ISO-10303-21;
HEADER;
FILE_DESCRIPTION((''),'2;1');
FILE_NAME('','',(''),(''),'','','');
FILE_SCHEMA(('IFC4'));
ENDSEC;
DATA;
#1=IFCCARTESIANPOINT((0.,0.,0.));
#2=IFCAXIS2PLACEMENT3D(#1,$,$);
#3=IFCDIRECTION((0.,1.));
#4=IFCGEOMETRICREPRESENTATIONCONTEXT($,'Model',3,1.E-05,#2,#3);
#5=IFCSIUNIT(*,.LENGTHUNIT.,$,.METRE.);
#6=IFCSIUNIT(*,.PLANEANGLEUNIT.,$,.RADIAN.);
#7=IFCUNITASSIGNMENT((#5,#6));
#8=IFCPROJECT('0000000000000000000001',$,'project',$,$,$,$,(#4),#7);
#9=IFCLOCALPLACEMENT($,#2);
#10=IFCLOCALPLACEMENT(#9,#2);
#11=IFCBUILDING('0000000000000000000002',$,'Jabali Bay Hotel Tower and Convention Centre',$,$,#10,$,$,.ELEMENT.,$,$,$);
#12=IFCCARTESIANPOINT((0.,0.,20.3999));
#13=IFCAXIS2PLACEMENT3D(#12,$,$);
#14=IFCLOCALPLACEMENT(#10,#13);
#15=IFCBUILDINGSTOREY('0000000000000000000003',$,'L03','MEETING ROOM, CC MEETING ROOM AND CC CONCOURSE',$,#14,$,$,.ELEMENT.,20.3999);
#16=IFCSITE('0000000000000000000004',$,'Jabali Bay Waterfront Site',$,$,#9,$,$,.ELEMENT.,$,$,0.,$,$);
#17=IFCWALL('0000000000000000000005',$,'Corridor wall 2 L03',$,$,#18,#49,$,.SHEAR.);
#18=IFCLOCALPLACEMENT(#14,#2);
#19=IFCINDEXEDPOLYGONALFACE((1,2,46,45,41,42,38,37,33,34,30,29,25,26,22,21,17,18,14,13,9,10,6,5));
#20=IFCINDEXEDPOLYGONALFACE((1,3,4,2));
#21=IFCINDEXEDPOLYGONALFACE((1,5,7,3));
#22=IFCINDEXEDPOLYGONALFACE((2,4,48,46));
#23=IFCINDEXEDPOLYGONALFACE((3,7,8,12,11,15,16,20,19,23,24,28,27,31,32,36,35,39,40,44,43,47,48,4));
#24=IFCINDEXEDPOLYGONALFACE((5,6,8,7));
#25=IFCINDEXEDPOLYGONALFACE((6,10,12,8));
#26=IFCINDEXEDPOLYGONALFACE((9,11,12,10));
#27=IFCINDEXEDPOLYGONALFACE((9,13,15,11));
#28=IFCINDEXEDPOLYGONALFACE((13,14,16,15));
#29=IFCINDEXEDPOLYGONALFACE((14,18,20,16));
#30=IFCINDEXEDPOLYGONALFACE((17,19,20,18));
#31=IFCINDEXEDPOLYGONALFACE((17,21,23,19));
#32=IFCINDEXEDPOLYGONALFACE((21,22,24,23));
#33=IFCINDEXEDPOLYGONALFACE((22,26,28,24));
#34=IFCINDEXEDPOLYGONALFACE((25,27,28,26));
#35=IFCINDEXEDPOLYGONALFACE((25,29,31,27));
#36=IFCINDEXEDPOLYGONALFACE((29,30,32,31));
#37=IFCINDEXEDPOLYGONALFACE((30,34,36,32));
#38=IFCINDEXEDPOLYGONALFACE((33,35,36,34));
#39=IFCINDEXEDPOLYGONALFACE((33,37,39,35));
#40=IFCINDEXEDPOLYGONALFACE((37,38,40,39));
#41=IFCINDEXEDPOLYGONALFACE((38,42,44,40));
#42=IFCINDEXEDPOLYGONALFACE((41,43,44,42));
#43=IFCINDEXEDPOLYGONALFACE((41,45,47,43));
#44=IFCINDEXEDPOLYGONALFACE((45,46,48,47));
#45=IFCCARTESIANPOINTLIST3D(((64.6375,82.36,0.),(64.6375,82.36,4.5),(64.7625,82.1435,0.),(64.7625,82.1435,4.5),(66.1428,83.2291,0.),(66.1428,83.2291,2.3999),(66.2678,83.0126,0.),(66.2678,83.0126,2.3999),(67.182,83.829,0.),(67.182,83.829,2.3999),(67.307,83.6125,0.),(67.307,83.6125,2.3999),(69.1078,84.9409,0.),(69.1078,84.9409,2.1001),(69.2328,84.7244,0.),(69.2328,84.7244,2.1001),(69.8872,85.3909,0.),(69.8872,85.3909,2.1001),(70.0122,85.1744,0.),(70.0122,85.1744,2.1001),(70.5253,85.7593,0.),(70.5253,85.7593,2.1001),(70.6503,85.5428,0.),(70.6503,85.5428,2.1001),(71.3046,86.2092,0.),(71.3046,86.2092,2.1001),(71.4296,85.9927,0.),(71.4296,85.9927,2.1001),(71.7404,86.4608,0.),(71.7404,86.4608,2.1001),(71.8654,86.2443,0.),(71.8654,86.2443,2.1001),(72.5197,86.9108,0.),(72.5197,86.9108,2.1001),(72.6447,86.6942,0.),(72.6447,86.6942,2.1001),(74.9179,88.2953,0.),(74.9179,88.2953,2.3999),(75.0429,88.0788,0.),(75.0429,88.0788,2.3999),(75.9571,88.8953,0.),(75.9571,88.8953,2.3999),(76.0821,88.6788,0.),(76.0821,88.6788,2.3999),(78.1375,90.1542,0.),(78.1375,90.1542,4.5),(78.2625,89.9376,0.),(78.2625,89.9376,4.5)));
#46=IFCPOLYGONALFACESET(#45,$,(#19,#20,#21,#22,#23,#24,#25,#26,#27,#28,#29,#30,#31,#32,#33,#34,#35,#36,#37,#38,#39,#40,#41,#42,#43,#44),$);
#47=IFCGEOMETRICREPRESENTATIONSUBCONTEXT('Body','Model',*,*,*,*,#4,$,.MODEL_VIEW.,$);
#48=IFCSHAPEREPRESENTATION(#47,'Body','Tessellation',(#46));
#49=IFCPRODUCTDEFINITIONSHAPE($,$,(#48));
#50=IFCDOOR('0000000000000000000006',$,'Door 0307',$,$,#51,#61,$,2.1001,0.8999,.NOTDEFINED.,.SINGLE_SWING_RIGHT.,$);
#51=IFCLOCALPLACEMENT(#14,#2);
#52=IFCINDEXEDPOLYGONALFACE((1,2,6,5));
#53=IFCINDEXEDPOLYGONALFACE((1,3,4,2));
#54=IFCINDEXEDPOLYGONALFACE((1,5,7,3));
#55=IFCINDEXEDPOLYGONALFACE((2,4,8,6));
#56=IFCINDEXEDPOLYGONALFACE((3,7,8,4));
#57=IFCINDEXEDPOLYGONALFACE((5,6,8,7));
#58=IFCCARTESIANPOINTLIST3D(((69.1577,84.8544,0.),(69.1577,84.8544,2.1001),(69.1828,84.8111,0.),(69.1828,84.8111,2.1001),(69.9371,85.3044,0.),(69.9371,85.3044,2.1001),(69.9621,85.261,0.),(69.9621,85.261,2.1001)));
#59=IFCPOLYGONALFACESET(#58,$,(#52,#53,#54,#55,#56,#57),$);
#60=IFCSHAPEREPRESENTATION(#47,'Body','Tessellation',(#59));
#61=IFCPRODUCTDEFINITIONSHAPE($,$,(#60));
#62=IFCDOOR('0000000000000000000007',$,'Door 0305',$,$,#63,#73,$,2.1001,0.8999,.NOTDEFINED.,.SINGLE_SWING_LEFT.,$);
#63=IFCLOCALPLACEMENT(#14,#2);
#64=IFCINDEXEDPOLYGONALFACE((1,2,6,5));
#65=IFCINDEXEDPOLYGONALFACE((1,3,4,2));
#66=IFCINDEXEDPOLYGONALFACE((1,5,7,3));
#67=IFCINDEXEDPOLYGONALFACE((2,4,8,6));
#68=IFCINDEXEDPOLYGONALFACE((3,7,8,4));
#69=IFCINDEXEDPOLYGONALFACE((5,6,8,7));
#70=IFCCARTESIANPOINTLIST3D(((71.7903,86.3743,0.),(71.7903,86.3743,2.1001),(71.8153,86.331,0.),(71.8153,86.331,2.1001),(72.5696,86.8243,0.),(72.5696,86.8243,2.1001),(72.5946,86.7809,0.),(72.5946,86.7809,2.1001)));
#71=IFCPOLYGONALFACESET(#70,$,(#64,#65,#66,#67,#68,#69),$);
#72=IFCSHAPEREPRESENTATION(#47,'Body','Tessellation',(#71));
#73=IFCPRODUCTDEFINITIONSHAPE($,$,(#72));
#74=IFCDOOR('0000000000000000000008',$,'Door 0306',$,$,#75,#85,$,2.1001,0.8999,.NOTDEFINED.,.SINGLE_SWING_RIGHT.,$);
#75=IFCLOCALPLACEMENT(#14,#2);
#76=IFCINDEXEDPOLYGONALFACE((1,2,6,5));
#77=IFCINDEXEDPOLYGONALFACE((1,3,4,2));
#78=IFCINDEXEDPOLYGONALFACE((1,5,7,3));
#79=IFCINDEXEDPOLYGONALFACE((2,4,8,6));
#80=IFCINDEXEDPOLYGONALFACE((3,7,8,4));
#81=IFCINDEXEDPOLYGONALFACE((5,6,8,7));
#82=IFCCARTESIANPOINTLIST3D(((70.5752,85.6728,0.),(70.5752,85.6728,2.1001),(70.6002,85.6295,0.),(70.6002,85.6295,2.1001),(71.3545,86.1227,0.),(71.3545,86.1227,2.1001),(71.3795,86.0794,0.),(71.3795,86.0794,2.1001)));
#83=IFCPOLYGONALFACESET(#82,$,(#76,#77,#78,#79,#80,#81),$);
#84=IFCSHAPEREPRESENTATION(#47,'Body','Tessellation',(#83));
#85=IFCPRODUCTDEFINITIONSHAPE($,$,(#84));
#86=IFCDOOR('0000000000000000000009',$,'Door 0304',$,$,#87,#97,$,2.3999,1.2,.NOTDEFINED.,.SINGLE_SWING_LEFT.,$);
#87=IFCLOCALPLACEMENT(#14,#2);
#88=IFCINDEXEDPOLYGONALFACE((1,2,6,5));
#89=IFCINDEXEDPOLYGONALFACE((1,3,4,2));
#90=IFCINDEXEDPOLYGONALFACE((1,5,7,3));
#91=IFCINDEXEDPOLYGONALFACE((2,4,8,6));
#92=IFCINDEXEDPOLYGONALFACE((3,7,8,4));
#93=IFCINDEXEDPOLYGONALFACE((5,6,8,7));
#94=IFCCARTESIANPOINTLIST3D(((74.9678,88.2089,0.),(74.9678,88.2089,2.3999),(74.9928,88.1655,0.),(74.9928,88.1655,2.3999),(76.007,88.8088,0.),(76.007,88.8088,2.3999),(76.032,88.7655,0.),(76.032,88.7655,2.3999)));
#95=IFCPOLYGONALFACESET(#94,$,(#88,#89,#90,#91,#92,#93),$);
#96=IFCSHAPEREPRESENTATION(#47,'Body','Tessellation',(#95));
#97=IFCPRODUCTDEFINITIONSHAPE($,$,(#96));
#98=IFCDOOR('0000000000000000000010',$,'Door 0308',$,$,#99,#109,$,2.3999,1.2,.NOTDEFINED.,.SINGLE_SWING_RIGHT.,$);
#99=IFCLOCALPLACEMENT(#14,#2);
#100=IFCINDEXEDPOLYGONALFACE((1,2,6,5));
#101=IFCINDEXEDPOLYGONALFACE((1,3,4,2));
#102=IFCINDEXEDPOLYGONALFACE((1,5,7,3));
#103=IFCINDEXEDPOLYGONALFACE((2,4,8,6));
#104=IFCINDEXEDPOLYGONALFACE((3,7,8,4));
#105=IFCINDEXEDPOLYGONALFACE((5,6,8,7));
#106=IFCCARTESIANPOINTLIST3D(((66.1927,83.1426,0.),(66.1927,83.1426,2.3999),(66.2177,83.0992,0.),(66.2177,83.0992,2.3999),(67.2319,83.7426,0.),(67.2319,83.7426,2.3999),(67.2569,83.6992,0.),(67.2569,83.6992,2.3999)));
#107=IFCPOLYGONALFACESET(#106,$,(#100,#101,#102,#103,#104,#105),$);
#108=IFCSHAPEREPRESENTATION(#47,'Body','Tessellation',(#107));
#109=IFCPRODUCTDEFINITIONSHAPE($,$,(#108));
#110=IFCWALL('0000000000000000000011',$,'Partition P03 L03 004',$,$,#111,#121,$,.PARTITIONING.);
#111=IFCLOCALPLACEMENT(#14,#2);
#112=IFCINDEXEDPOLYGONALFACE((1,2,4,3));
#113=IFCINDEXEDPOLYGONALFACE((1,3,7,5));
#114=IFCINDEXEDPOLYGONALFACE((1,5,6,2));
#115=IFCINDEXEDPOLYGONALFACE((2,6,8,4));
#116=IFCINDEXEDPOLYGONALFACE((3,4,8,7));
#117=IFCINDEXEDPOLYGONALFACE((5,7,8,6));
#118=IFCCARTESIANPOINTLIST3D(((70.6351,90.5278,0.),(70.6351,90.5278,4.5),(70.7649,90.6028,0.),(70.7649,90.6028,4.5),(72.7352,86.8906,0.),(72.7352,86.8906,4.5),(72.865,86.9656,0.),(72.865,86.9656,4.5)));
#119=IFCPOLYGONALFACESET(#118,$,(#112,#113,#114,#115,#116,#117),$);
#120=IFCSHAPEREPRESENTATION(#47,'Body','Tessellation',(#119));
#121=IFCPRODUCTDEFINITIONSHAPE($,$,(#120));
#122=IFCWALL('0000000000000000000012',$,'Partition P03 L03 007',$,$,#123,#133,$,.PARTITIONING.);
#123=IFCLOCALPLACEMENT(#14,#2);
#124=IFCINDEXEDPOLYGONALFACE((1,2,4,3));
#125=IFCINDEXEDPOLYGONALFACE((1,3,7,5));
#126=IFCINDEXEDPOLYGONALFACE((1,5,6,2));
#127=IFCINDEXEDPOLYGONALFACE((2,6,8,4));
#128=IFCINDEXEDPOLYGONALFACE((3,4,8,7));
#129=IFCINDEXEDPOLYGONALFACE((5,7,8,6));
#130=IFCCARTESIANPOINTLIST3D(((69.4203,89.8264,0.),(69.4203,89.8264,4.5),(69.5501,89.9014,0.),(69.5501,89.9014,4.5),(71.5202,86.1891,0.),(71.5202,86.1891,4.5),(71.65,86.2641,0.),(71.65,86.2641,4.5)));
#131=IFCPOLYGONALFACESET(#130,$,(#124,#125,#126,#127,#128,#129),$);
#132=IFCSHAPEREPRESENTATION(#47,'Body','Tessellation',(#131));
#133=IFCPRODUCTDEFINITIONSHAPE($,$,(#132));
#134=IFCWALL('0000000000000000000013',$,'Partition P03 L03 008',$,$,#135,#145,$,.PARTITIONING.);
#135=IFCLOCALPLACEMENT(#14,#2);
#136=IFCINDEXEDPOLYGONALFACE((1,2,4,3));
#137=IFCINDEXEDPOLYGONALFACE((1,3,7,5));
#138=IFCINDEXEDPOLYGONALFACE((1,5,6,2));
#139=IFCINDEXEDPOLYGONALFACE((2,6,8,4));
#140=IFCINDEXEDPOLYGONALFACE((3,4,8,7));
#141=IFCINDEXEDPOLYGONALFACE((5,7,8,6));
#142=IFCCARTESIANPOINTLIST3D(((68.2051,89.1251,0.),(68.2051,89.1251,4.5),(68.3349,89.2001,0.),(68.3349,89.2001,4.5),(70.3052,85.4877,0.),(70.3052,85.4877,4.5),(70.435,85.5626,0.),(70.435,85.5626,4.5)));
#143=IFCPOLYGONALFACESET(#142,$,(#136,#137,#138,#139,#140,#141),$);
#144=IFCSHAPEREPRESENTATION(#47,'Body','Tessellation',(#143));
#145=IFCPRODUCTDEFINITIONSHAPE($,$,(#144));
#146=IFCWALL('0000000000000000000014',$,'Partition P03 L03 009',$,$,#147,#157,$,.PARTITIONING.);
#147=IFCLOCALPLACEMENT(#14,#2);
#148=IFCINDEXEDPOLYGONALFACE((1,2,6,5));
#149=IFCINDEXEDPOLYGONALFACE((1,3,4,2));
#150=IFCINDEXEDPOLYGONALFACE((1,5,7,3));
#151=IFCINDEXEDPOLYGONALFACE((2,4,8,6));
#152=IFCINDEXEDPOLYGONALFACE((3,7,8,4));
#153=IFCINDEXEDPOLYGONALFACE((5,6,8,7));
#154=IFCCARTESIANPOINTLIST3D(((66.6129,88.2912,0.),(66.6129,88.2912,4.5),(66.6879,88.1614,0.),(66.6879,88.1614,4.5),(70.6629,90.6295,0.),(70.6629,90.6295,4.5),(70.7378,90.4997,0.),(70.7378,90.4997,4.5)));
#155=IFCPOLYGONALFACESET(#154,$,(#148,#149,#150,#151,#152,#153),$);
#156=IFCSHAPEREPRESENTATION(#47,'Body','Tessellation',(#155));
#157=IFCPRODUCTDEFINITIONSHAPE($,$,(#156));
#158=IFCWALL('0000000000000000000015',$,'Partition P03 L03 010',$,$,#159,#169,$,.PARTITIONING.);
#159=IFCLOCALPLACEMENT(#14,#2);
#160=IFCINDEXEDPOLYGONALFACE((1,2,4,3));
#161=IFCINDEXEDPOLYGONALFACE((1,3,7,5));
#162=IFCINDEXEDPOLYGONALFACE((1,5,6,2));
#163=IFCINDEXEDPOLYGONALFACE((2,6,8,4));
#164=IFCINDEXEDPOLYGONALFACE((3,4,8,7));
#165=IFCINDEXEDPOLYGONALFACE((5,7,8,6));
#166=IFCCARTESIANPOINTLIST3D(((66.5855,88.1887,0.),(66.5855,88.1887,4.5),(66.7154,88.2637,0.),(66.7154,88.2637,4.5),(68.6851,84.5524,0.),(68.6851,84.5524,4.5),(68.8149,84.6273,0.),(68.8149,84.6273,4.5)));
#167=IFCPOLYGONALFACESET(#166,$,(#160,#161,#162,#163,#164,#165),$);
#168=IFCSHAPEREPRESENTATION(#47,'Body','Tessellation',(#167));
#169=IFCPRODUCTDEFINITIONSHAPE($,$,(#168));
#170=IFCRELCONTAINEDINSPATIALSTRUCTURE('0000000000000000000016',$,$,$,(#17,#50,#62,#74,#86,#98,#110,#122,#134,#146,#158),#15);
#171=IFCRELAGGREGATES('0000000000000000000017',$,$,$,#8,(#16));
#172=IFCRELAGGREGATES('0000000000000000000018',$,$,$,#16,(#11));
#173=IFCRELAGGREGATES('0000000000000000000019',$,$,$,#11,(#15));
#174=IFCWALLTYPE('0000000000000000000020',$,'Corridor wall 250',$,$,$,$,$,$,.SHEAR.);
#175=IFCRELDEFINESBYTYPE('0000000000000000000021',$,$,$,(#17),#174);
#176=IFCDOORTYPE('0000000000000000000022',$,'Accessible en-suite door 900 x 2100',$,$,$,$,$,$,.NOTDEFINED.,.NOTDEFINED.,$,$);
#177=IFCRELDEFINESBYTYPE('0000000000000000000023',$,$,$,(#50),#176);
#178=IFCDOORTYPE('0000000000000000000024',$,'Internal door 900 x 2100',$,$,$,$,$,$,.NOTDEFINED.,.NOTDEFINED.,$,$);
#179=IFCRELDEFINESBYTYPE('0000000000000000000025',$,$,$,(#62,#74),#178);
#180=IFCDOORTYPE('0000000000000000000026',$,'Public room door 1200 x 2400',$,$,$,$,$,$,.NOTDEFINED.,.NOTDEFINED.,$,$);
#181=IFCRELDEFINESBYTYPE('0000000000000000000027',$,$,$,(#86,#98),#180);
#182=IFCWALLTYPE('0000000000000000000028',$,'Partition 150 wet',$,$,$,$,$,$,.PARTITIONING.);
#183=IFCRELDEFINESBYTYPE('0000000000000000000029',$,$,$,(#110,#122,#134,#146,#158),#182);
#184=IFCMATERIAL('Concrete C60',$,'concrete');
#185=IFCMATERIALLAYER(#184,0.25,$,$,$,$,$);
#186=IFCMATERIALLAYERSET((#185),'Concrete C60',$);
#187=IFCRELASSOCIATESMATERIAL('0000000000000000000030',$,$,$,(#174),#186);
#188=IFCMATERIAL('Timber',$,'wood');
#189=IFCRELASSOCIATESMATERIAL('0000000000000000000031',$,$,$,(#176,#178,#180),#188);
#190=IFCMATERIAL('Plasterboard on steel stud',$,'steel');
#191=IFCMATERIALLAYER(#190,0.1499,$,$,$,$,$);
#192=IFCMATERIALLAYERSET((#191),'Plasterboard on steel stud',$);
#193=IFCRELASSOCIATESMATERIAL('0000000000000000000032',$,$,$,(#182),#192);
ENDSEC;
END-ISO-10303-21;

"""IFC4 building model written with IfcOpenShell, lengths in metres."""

from ifc_helpers import new_model, si_unit, direction, frame, frame_2d, origin, place, context, subcontext, project, spatial, rectangle, extrude, material, layer, layer_set, type_object, element, fill, save


model = new_model("IFC4")

# Units and contexts
model_context = context("Model", 3, precision=1e-05, world=origin(), true_north=direction((0.0, 1.0)))
body_context = subcontext(model_context, "Body", "Model", "MODEL_VIEW")
ifc_project = project(units=[si_unit("LENGTHUNIT", "METRE"), si_unit("PLANEANGLEUNIT", "RADIAN")], contexts=[model_context])

# Site, building, storey
site_placement = place(None, origin())
site = spatial("IfcSite", under=ifc_project, at=site_placement, Name="Jabali Bay Waterfront Site", CompositionType="ELEMENT", RefElevation=0.0)
building_placement = place(site_placement, origin())
building = spatial("IfcBuilding", under=site, at=building_placement, Name="Jabali Bay Hotel Tower and Convention Centre", CompositionType="ELEMENT")
storey_placement = place(building_placement, frame((0.0, 0.0, 20.3999)))
storey = spatial("IfcBuildingStorey", under=building, at=storey_placement, Name="L03", Description="MEETING ROOM, CC MEETING ROOM AND CC CONCOURSE", CompositionType="ELEMENT", Elevation=20.3999)

# Shared definitions
ifc_material_1 = material(Name="Concrete C60", Category="concrete")

# Wall, openings, doors
ifc_layer_1 = layer(ifc_material_1, 0.25)
ifc_layer_set_1 = layer_set([ifc_layer_1], Name="Concrete C60")
wall_type_1 = type_object("IfcWallType", Name="Corridor wall 250", PredefinedType="SHEAR", material=ifc_layer_set_1)
wall_1_placement = place(storey_placement, frame((78.2, 90.0459, 0.0), z_axis=(0.0, 0.0, 1.0), x_axis=(-0.866026, -0.499998, 0.0)))
wall_1 = element("IfcWall", 1, at=wall_1_placement, inside=storey, type_object=wall_type_1, Name="Corridor wall 2 L03", PredefinedType="SHEAR", context=body_context, shape_type="SweptSolid", body=[
    extrude(rectangle(XDim=15.5884, YDim=0.25, at=frame_2d((7.7942, 0.0))), origin(), (0.0, 0.0, 1.0), 4.5),
])
opening_1_placement = place(wall_1_placement, frame((2.5176, 0.0, 0.0)))
opening_1 = element("IfcOpeningElement", 2, at=opening_1_placement, cuts=wall_1, PredefinedType="OPENING", context=body_context, shape_type="SweptSolid", body=[
    extrude(rectangle(XDim=1.2, YDim=2.3999, at=frame_2d((0.6001, 1.2))), frame((0.0, 0.1355, 0.0), z_axis=(0.0, -1.0, 0.0), x_axis=(1.0, 0.0, 0.0)), (0.0, 0.0, 1.0), 0.271),
])
opening_2_placement = place(wall_1_placement, frame((6.4868, 0.0, 0.0)))
opening_2 = element("IfcOpeningElement", 3, at=opening_2_placement, cuts=wall_1, PredefinedType="OPENING", context=body_context, shape_type="SweptSolid", body=[
    extrude(rectangle(XDim=0.8999, YDim=2.1001, at=frame_2d((0.45, 1.05))), frame((0.0, 0.1355, 0.0), z_axis=(0.0, -1.0, 0.0), x_axis=(1.0, 0.0, 0.0)), (0.0, 0.0, 1.0), 0.271),
])
opening_3_placement = place(wall_1_placement, frame((7.8899, 0.0, 0.0)))
opening_3 = element("IfcOpeningElement", 4, at=opening_3_placement, cuts=wall_1, PredefinedType="OPENING", context=body_context, shape_type="SweptSolid", body=[
    extrude(rectangle(XDim=0.8999, YDim=2.1001, at=frame_2d((0.45, 1.05))), frame((0.0, 0.1355, 0.0), z_axis=(0.0, -1.0, 0.0), x_axis=(1.0, 0.0, 0.0)), (0.0, 0.0, 1.0), 0.271),
])
opening_4_placement = place(wall_1_placement, frame((9.5266, 0.0, 0.0)))
opening_4 = element("IfcOpeningElement", 5, at=opening_4_placement, cuts=wall_1, PredefinedType="OPENING", context=body_context, shape_type="SweptSolid", body=[
    extrude(rectangle(XDim=0.8999, YDim=2.1001, at=frame_2d((0.45, 1.05))), frame((0.0, 0.1355, 0.0), z_axis=(0.0, -1.0, 0.0), x_axis=(1.0, 0.0, 0.0)), (0.0, 0.0, 1.0), 0.271),
])
opening_5_placement = place(wall_1_placement, frame((12.6501, 0.0, 0.0)))
opening_5 = element("IfcOpeningElement", 6, at=opening_5_placement, cuts=wall_1, PredefinedType="OPENING", context=body_context, shape_type="SweptSolid", body=[
    extrude(rectangle(XDim=1.2, YDim=2.3999, at=frame_2d((0.6001, 1.2))), frame((0.0, 0.1355, 0.0), z_axis=(0.0, -1.0, 0.0), x_axis=(1.0, 0.0, 0.0)), (0.0, 0.0, 1.0), 0.271),
])
ifc_material_2 = material(Name="Timber", Category="wood")
door_type_1 = type_object("IfcDoorType", Name="Accessible en-suite door 900 x 2100", OperationType="NOTDEFINED", PredefinedType="NOTDEFINED", material=ifc_material_2)
door_1_placement = place(opening_4_placement, origin())
door_1 = element("IfcDoor", 7, at=door_1_placement, inside=storey, type_object=door_type_1, Name="Door 0307", OperationType="SINGLE_SWING_RIGHT", OverallHeight=2.1001, OverallWidth=0.8999, PredefinedType="NOTDEFINED", context=body_context, shape_type="SweptSolid", body=[
    extrude(rectangle(XDim=0.8999, YDim=2.1001, at=frame_2d((0.45, 1.05))), frame((0.0, 0.0249, 0.0), z_axis=(0.0, -1.0, 0.0), x_axis=(1.0, 0.0, 0.0)), (0.0, 0.0, 1.0), 0.05),
])
fill(opening_4, door_1)
door_type_2 = type_object("IfcDoorType", Name="Internal door 900 x 2100", OperationType="NOTDEFINED", PredefinedType="NOTDEFINED", material=ifc_material_2)
door_2_placement = place(opening_2_placement, origin())
door_2 = element("IfcDoor", 8, at=door_2_placement, inside=storey, type_object=door_type_2, Name="Door 0305", OperationType="SINGLE_SWING_LEFT", OverallHeight=2.1001, OverallWidth=0.8999, PredefinedType="NOTDEFINED", context=body_context, shape_type="SweptSolid", body=[
    extrude(rectangle(XDim=0.8999, YDim=2.1001, at=frame_2d((0.45, 1.05))), frame((0.0, 0.0249, 0.0), z_axis=(0.0, -1.0, 0.0), x_axis=(1.0, 0.0, 0.0)), (0.0, 0.0, 1.0), 0.05),
])
fill(opening_2, door_2)
door_3_placement = place(opening_3_placement, origin())
door_3 = element("IfcDoor", 9, at=door_3_placement, inside=storey, type_object=door_type_2, Name="Door 0306", OperationType="SINGLE_SWING_RIGHT", OverallHeight=2.1001, OverallWidth=0.8999, PredefinedType="NOTDEFINED", context=body_context, shape_type="SweptSolid", body=[
    extrude(rectangle(XDim=0.8999, YDim=2.1001, at=frame_2d((0.45, 1.05))), frame((0.0, 0.0249, 0.0), z_axis=(0.0, -1.0, 0.0), x_axis=(1.0, 0.0, 0.0)), (0.0, 0.0, 1.0), 0.05),
])
fill(opening_3, door_3)
door_type_3 = type_object("IfcDoorType", Name="Public room door 1200 x 2400", OperationType="NOTDEFINED", PredefinedType="NOTDEFINED", material=ifc_material_2)
door_4_placement = place(opening_1_placement, origin())
door_4 = element("IfcDoor", 10, at=door_4_placement, inside=storey, type_object=door_type_3, Name="Door 0304", OperationType="SINGLE_SWING_LEFT", OverallHeight=2.3999, OverallWidth=1.2, PredefinedType="NOTDEFINED", context=body_context, shape_type="SweptSolid", body=[
    extrude(rectangle(XDim=1.2, YDim=2.3999, at=frame_2d((0.6001, 1.2))), frame((0.0, 0.0249, 0.0), z_axis=(0.0, -1.0, 0.0), x_axis=(1.0, 0.0, 0.0)), (0.0, 0.0, 1.0), 0.05),
])
fill(opening_1, door_4)
door_5_placement = place(opening_5_placement, origin())
door_5 = element("IfcDoor", 11, at=door_5_placement, inside=storey, type_object=door_type_3, Name="Door 0308", OperationType="SINGLE_SWING_RIGHT", OverallHeight=2.3999, OverallWidth=1.2, PredefinedType="NOTDEFINED", context=body_context, shape_type="SweptSolid", body=[
    extrude(rectangle(XDim=1.2, YDim=2.3999, at=frame_2d((0.6001, 1.2))), frame((0.0, 0.0249, 0.0), z_axis=(0.0, -1.0, 0.0), x_axis=(1.0, 0.0, 0.0)), (0.0, 0.0, 1.0), 0.05),
])
fill(opening_5, door_5)

# Walls
ifc_material_3 = material(Name="Plasterboard on steel stud", Category="steel")
ifc_layer_2 = layer(ifc_material_3, 0.1499)
ifc_layer_set_2 = layer_set([ifc_layer_2], Name="Plasterboard on steel stud")
wall_type_2 = type_object("IfcWallType", Name="Partition 150 wet", PredefinedType="PARTITIONING", material=ifc_layer_set_2)
for number, where, z_axis, x_axis, name in (
    (12, (70.7, 90.5654, 0.0), (0.0, 0.0, 1.0), (0.500028, -0.866009, 0.0), "Partition P03 L03 004"),
    (13, (69.4851, 89.864, 0.0), (0.0, 0.0, 1.0), (0.499984, -0.866035, 0.0), "Partition P03 L03 007"),
):
    element("IfcWall", number, at=place(storey_placement, frame(where, z_axis=z_axis, x_axis=x_axis)), inside=storey, type_object=wall_type_2, Name=name, PredefinedType="PARTITIONING", context=body_context, shape_type="SweptSolid", body=[
        extrude(rectangle(XDim=4.2, YDim=0.1499, at=frame_2d((2.1001, 0.0))), origin(), (0.0, 0.0, 1.0), 4.5),
    ])
wall_2_placement = place(storey_placement, frame((68.27, 89.1626, 0.0), z_axis=(0.0, 0.0, 1.0), x_axis=(0.500003, -0.866024, 0.0)))
element("IfcWall", 14, at=wall_2_placement, inside=storey, type_object=wall_type_2, Name="Partition P03 L03 008", PredefinedType="PARTITIONING", context=body_context, shape_type="SweptSolid", body=[
    extrude(rectangle(XDim=4.2002, YDim=0.1499, at=frame_2d((2.1001, 0.0))), origin(), (0.0, 0.0, 1.0), 4.5),
])
wall_3_placement = place(storey_placement, frame((70.7004, 90.5647, 0.0), z_axis=(0.0, 0.0, 1.0), x_axis=(-0.866018, -0.500013, 0.0)))
element("IfcWall", 15, at=wall_3_placement, inside=storey, type_object=wall_type_2, Name="Partition P03 L03 009", PredefinedType="PARTITIONING", context=body_context, shape_type="SweptSolid", body=[
    extrude(rectangle(XDim=4.6765, YDim=0.1499, at=frame_2d((2.3384, 0.0))), origin(), (0.0, 0.0, 1.0), 4.5),
])
wall_4_placement = place(storey_placement, frame((66.6504, 88.2263, 0.0), z_axis=(0.0, 0.0, 1.0), x_axis=(0.500016, -0.866016, 0.0)))
element("IfcWall", 16, at=wall_4_placement, inside=storey, type_object=wall_type_2, Name="Partition P03 L03 010", PredefinedType="PARTITIONING", context=body_context, shape_type="SweptSolid", body=[
    extrude(rectangle(XDim=4.199, YDim=0.1499, at=frame_2d((2.0996, 0.0))), origin(), (0.0, 0.0, 1.0), 4.5),
])

save(model, "model.ifc")
